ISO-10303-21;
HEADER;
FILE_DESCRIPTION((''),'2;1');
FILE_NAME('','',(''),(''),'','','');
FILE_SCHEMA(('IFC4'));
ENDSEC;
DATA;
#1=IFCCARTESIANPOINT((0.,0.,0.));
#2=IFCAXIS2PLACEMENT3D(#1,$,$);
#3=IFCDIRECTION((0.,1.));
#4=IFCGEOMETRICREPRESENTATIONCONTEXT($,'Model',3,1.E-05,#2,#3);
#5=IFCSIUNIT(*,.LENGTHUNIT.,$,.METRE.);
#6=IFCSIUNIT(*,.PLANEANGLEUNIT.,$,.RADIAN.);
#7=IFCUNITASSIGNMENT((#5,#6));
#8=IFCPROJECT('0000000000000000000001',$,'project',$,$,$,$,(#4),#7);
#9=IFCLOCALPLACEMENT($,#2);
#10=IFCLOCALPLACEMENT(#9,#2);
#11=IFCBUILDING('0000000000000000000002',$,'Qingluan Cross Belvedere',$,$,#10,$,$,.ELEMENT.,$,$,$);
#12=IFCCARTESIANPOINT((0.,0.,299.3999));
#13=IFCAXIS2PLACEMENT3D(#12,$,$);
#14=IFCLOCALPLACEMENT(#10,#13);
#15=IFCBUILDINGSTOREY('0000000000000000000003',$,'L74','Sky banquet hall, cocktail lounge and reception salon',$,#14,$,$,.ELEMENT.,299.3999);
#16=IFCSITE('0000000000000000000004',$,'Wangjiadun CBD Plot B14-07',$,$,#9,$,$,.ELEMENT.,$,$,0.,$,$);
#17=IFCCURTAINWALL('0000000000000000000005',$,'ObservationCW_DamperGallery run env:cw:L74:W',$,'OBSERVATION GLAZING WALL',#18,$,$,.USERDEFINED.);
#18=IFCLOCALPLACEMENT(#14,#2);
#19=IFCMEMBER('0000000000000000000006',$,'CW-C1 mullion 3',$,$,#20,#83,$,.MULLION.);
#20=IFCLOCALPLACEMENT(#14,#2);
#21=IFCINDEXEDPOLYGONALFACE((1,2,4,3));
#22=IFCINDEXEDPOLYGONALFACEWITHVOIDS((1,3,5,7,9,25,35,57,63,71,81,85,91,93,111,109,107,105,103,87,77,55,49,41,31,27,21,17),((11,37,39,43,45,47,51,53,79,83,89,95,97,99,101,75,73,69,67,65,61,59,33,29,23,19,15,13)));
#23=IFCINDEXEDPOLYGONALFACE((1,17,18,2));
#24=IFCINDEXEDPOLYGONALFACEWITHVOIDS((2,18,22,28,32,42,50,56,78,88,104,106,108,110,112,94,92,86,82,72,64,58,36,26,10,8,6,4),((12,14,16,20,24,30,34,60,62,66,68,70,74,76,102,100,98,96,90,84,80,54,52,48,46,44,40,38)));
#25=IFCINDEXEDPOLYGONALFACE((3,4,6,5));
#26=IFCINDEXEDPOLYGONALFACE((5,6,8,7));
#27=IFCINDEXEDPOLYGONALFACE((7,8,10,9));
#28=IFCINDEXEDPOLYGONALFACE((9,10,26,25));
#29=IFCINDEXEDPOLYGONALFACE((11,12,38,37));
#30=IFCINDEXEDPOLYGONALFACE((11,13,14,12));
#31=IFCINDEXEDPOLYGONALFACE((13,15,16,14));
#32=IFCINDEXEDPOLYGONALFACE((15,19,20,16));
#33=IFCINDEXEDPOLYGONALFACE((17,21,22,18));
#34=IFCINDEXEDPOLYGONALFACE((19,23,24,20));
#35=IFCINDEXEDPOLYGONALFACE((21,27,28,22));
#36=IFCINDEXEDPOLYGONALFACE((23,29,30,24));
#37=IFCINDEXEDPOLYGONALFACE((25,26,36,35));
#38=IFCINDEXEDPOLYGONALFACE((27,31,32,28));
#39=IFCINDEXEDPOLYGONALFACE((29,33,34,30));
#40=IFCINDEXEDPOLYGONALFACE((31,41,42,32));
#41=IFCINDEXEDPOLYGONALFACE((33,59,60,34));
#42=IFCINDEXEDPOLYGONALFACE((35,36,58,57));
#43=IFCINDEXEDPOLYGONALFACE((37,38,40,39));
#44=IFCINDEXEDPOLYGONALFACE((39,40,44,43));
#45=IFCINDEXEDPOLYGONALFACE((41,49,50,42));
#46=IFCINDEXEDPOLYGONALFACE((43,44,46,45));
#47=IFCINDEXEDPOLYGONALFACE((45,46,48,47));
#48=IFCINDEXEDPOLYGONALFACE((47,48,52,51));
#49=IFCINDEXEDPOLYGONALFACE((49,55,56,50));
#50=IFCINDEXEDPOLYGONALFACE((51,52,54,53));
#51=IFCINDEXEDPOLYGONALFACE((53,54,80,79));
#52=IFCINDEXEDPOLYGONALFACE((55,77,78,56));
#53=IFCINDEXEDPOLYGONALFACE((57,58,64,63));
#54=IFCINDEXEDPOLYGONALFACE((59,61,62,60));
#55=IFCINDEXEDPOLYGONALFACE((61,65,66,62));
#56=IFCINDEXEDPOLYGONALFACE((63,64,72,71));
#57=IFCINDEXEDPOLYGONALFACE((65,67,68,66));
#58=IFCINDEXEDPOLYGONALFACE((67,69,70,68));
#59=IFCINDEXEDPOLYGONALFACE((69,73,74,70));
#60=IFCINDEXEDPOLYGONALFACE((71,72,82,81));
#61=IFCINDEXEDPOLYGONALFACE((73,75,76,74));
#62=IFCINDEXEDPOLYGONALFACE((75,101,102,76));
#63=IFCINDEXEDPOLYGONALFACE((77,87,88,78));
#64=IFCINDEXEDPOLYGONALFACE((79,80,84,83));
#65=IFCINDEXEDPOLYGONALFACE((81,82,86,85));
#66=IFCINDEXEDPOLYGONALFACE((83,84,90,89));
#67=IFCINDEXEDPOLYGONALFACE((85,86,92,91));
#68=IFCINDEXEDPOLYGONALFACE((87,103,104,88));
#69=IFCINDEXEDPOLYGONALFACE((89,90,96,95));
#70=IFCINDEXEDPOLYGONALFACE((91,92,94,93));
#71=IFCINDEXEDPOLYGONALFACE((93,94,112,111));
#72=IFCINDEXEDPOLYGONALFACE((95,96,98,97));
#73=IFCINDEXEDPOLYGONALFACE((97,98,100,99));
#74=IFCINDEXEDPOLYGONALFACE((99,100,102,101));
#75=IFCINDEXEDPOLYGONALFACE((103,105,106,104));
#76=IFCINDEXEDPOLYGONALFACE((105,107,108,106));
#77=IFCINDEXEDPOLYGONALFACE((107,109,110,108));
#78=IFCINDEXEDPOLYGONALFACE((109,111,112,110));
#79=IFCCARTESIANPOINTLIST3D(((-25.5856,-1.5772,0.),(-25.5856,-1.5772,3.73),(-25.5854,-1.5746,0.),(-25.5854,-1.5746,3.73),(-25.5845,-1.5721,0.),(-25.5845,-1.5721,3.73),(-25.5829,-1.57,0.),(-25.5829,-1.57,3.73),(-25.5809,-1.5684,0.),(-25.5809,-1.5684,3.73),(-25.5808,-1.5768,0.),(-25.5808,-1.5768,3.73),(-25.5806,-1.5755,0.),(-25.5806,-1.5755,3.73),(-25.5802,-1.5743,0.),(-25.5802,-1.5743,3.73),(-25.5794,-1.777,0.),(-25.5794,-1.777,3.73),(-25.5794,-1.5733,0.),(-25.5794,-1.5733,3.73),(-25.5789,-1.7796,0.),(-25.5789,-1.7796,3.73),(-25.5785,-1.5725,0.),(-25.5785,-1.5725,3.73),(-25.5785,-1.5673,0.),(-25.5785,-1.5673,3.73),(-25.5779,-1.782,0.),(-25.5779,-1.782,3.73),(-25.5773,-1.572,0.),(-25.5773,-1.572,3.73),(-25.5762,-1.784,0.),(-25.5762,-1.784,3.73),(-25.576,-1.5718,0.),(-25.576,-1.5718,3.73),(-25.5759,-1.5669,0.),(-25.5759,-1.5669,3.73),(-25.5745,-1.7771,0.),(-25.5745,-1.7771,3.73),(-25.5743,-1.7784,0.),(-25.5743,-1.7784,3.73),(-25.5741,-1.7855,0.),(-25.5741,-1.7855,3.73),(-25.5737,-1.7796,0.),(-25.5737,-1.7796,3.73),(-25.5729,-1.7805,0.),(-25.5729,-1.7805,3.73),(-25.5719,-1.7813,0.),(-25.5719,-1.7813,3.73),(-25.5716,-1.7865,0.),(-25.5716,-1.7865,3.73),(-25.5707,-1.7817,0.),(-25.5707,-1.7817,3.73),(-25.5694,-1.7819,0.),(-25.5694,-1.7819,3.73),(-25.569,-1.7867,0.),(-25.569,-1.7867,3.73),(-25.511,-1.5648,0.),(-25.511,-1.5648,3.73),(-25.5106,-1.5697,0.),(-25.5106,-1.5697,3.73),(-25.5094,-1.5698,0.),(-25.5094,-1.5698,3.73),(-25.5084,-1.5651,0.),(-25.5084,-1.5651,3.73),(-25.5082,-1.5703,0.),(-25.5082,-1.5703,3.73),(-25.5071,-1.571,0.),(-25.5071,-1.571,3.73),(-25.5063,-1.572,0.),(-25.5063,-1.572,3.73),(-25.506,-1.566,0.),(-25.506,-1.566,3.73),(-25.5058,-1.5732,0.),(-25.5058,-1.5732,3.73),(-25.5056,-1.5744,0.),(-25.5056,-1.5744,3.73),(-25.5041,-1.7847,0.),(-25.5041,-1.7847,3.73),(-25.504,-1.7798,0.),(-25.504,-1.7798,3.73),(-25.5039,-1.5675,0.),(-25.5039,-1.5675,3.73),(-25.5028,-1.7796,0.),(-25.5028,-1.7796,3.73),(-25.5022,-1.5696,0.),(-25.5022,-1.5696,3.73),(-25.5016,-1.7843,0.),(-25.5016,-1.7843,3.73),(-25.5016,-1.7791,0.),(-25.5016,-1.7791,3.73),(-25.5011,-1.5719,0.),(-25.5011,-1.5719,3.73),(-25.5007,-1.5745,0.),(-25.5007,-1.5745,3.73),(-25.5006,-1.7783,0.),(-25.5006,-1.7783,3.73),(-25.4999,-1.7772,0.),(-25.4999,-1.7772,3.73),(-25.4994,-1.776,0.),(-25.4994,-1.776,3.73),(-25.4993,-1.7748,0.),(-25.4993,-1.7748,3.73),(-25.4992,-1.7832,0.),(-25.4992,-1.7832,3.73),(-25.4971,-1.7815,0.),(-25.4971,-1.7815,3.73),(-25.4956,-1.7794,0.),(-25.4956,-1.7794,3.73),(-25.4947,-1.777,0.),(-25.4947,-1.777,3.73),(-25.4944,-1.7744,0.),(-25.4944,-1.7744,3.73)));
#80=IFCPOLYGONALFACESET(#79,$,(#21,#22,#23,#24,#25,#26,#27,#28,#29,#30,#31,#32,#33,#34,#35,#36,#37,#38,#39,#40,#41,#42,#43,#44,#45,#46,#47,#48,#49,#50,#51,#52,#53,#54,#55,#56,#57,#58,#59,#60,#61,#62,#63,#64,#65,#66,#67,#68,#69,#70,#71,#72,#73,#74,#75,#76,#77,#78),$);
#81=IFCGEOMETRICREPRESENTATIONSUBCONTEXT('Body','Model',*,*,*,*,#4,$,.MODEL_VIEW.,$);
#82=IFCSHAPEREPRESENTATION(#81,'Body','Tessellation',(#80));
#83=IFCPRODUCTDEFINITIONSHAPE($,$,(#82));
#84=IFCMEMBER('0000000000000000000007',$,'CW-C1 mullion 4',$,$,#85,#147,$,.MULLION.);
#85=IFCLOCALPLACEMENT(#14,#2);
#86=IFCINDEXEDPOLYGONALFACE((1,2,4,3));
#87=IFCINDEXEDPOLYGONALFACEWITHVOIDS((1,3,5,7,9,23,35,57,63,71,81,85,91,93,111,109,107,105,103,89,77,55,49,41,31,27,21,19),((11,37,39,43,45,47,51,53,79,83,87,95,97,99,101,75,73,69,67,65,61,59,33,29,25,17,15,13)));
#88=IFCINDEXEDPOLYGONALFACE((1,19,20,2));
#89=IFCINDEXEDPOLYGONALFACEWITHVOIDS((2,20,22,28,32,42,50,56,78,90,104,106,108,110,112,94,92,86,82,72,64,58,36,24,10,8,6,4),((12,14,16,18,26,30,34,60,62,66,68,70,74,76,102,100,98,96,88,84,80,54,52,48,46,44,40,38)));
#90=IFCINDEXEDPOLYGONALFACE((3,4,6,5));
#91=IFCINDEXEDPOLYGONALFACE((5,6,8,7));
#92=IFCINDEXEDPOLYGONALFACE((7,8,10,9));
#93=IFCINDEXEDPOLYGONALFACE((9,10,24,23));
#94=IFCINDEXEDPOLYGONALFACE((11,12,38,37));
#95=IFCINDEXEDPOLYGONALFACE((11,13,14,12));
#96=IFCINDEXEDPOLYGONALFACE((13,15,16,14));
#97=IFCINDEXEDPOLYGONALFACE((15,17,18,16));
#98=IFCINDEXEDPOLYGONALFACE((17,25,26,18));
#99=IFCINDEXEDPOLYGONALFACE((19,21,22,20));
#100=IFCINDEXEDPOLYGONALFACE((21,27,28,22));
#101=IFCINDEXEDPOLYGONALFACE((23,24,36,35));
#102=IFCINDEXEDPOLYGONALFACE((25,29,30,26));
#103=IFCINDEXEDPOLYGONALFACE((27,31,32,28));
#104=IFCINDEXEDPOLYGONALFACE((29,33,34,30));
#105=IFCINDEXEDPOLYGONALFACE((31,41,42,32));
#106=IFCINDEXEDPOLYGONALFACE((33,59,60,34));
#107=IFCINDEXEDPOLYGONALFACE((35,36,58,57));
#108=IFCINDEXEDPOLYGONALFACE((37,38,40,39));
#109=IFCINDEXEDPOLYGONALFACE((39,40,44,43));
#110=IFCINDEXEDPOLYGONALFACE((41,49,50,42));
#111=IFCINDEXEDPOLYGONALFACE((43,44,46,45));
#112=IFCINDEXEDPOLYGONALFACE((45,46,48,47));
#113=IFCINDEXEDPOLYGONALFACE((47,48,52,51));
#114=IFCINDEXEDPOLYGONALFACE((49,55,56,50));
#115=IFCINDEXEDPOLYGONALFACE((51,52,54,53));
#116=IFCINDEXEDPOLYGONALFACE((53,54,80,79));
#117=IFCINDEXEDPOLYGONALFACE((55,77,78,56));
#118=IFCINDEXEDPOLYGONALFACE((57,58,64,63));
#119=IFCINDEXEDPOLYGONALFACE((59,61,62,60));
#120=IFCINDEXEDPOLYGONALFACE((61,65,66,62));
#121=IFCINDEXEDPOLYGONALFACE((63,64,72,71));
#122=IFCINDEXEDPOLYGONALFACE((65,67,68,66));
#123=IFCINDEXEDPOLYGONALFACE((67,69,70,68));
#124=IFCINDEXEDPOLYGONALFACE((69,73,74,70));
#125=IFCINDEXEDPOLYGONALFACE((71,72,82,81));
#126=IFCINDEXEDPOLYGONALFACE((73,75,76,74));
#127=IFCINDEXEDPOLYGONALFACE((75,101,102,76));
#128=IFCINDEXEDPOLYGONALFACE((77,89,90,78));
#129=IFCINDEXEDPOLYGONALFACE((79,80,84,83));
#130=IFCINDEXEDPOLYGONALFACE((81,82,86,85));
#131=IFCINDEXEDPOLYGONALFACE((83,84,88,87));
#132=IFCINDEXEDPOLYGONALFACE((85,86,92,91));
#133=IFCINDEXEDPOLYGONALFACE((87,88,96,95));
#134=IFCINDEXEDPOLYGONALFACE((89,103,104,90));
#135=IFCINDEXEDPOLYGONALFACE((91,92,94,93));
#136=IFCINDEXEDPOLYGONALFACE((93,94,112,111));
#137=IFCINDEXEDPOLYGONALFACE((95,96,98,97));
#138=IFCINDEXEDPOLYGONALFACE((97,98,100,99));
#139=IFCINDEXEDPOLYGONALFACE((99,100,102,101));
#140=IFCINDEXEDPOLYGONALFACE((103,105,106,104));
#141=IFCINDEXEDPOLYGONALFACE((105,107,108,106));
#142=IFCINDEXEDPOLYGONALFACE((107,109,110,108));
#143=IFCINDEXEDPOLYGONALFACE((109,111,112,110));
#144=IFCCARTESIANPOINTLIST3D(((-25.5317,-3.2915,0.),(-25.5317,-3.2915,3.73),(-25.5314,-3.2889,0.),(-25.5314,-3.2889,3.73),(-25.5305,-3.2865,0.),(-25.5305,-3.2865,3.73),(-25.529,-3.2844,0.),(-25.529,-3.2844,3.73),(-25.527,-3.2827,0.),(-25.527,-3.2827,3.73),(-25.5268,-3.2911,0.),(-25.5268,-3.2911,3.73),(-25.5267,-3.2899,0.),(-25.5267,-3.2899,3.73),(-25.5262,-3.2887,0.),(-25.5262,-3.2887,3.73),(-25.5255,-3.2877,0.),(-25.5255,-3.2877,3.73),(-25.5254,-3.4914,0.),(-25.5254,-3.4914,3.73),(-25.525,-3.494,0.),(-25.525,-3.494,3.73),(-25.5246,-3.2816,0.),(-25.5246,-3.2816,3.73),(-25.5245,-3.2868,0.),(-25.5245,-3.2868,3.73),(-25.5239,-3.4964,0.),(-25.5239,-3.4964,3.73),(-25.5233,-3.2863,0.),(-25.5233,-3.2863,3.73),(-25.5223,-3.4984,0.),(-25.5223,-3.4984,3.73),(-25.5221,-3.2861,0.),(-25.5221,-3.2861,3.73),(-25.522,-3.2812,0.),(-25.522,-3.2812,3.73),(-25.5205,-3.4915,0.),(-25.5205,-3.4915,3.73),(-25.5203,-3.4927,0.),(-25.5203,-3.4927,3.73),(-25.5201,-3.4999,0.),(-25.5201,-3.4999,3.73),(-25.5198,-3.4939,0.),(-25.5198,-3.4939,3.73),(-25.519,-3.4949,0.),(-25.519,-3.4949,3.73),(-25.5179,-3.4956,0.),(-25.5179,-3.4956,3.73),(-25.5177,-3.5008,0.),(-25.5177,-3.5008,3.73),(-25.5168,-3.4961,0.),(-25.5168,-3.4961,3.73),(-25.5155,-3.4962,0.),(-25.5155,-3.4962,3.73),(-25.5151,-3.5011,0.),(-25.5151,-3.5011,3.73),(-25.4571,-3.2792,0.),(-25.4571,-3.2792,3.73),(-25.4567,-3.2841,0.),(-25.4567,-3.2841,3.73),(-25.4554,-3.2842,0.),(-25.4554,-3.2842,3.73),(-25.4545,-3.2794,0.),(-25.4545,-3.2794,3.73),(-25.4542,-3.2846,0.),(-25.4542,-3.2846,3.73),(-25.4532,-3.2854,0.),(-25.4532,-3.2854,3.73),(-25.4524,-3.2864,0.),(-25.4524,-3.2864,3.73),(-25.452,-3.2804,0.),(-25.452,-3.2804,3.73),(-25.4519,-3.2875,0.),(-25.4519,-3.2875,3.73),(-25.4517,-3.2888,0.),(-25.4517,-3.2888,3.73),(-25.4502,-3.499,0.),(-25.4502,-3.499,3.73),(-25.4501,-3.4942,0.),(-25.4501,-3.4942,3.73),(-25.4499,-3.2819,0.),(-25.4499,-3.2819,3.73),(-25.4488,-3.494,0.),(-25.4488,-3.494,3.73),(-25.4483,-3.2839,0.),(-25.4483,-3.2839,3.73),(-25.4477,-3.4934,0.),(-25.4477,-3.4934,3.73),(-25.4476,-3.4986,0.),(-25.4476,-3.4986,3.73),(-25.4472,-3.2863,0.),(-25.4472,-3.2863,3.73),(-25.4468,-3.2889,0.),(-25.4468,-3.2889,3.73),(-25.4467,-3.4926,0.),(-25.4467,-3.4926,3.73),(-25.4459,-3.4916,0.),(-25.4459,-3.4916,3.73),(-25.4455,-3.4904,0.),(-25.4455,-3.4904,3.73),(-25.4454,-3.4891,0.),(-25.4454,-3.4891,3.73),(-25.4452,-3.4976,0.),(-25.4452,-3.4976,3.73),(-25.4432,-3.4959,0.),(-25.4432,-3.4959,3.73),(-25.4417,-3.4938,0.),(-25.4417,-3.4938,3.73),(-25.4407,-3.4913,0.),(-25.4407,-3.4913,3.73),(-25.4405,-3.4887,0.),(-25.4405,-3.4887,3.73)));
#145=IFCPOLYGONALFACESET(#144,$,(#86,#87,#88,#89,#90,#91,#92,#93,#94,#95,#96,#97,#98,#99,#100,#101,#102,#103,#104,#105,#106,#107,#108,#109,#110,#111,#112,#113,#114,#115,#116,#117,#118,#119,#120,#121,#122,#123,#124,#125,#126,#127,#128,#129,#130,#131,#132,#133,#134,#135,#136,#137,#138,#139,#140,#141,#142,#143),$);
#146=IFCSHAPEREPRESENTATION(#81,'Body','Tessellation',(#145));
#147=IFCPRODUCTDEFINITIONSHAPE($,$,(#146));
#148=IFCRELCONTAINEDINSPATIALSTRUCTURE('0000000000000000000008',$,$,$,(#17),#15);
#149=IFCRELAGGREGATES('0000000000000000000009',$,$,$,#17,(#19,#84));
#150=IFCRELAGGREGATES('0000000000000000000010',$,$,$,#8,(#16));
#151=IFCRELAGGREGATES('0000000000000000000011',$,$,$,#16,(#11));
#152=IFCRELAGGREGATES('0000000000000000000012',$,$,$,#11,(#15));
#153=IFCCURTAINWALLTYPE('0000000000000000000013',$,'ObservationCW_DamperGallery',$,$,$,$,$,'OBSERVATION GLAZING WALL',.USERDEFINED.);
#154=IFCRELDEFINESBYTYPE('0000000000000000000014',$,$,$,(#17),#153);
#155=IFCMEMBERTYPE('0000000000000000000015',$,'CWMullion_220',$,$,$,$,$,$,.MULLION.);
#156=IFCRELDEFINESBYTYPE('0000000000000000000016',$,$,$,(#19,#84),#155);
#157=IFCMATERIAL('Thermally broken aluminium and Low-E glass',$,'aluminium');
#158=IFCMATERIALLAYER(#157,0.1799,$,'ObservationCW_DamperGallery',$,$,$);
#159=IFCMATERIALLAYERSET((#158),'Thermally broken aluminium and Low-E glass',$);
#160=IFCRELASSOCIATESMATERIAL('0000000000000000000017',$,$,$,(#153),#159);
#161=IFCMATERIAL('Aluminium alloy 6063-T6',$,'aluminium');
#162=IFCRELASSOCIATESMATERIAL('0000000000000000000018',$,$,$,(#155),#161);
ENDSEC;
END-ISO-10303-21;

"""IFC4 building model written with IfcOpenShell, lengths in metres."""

from ifc_helpers import new_model, si_unit, direction, frame, origin, origin_2d, place, context, subcontext, project, spatial, hollow_rectangle, extrude, material, layer, layer_set, material_profile, profile_set, type_object, element, aggregate, save


model = new_model("IFC4")

# Units and contexts
model_context = context("Model", 3, precision=1e-05, world=origin(), true_north=direction((0.0, 1.0)))
body_context = subcontext(model_context, "Body", "Model", "MODEL_VIEW")
ifc_project = project(units=[si_unit("LENGTHUNIT", "METRE"), si_unit("PLANEANGLEUNIT", "RADIAN")], contexts=[model_context])

# Site, building, storey
site_placement = place(None, origin())
site = spatial("IfcSite", under=ifc_project, at=site_placement, Name="Wangjiadun CBD Plot B14-07", CompositionType="ELEMENT", RefElevation=0.0)
building_placement = place(site_placement, origin())
building = spatial("IfcBuilding", under=site, at=building_placement, Name="Qingluan Cross Belvedere", CompositionType="ELEMENT")
storey_placement = place(building_placement, frame((0.0, 0.0, 299.3999)))
storey = spatial("IfcBuildingStorey", under=building, at=storey_placement, Name="L74", Description="Sky banquet hall, cocktail lounge and reception salon", CompositionType="ELEMENT", Elevation=299.3999)

# Curtain wall, members
ifc_material_1 = material(Name="Thermally broken aluminium and Low-E glass", Category="aluminium")
ifc_layer_1 = layer(ifc_material_1, 0.1799, Name="ObservationCW_DamperGallery")
ifc_layer_set_1 = layer_set([ifc_layer_1], Name="Thermally broken aluminium and Low-E glass")
curtain_wall_type = type_object("IfcCurtainWallType", Name="ObservationCW_DamperGallery", ElementType="OBSERVATION GLAZING WALL", PredefinedType="USERDEFINED", material=ifc_layer_set_1)
curtain_wall_placement = place(storey_placement, origin())
curtain_wall = element("IfcCurtainWall", 1, at=curtain_wall_placement, inside=storey, type_object=curtain_wall_type, Name="ObservationCW_DamperGallery run env:cw:L74:W", ObjectType="OBSERVATION GLAZING WALL", PredefinedType="USERDEFINED")
ifc_material_2 = material(Name="Aluminium alloy 6063-T6", Category="aluminium")
ifc_material_profile_1 = material_profile(ifc_material_2, hollow_rectangle(XDim=0.085, YDim=0.22, WallThickness=0.0049, InnerFilletRadius=0.0049, OuterFilletRadius=0.01, at=origin_2d()), Name="CWM220x85x5")
ifc_profile_set_1 = profile_set([ifc_material_profile_1], Name="Aluminium alloy 6063-T6")
member_type_1 = type_object("IfcMemberType", Name="CWMullion_220", PredefinedType="MULLION", material=ifc_profile_set_1)
member_1_placement = place(storey_placement, frame((-25.54, -1.6758, 0.0), z_axis=(0.0, 0.0, 1.0), x_axis=(0.999507, 0.031398, 0.0)))
member_1 = element("IfcMember", 2, at=member_1_placement, type_object=member_type_1, Name="CW-C1 mullion 3", PredefinedType="MULLION", context=body_context, shape_type="SweptSolid", body=[
    extrude(hollow_rectangle(XDim=0.085, YDim=0.22, WallThickness=0.0049, InnerFilletRadius=0.0049, OuterFilletRadius=0.01, at=origin_2d()), origin(), (0.0, 0.0, 1.0), 3.73),
])
member_2_placement = place(storey_placement, frame((-25.4861, -3.3901, 0.0), z_axis=(0.0, 0.0, 1.0), x_axis=(0.999507, 0.031398, 0.0)))
member_2 = element("IfcMember", 3, at=member_2_placement, type_object=member_type_1, Name="CW-C1 mullion 4", PredefinedType="MULLION", context=body_context, shape_type="SweptSolid", body=[
    extrude(hollow_rectangle(XDim=0.085, YDim=0.22, WallThickness=0.0049, InnerFilletRadius=0.0049, OuterFilletRadius=0.01, at=origin_2d()), origin(), (0.0, 0.0, 1.0), 3.73),
])
aggregate(curtain_wall, [member_1, member_2])

save(model, "model.ifc")
